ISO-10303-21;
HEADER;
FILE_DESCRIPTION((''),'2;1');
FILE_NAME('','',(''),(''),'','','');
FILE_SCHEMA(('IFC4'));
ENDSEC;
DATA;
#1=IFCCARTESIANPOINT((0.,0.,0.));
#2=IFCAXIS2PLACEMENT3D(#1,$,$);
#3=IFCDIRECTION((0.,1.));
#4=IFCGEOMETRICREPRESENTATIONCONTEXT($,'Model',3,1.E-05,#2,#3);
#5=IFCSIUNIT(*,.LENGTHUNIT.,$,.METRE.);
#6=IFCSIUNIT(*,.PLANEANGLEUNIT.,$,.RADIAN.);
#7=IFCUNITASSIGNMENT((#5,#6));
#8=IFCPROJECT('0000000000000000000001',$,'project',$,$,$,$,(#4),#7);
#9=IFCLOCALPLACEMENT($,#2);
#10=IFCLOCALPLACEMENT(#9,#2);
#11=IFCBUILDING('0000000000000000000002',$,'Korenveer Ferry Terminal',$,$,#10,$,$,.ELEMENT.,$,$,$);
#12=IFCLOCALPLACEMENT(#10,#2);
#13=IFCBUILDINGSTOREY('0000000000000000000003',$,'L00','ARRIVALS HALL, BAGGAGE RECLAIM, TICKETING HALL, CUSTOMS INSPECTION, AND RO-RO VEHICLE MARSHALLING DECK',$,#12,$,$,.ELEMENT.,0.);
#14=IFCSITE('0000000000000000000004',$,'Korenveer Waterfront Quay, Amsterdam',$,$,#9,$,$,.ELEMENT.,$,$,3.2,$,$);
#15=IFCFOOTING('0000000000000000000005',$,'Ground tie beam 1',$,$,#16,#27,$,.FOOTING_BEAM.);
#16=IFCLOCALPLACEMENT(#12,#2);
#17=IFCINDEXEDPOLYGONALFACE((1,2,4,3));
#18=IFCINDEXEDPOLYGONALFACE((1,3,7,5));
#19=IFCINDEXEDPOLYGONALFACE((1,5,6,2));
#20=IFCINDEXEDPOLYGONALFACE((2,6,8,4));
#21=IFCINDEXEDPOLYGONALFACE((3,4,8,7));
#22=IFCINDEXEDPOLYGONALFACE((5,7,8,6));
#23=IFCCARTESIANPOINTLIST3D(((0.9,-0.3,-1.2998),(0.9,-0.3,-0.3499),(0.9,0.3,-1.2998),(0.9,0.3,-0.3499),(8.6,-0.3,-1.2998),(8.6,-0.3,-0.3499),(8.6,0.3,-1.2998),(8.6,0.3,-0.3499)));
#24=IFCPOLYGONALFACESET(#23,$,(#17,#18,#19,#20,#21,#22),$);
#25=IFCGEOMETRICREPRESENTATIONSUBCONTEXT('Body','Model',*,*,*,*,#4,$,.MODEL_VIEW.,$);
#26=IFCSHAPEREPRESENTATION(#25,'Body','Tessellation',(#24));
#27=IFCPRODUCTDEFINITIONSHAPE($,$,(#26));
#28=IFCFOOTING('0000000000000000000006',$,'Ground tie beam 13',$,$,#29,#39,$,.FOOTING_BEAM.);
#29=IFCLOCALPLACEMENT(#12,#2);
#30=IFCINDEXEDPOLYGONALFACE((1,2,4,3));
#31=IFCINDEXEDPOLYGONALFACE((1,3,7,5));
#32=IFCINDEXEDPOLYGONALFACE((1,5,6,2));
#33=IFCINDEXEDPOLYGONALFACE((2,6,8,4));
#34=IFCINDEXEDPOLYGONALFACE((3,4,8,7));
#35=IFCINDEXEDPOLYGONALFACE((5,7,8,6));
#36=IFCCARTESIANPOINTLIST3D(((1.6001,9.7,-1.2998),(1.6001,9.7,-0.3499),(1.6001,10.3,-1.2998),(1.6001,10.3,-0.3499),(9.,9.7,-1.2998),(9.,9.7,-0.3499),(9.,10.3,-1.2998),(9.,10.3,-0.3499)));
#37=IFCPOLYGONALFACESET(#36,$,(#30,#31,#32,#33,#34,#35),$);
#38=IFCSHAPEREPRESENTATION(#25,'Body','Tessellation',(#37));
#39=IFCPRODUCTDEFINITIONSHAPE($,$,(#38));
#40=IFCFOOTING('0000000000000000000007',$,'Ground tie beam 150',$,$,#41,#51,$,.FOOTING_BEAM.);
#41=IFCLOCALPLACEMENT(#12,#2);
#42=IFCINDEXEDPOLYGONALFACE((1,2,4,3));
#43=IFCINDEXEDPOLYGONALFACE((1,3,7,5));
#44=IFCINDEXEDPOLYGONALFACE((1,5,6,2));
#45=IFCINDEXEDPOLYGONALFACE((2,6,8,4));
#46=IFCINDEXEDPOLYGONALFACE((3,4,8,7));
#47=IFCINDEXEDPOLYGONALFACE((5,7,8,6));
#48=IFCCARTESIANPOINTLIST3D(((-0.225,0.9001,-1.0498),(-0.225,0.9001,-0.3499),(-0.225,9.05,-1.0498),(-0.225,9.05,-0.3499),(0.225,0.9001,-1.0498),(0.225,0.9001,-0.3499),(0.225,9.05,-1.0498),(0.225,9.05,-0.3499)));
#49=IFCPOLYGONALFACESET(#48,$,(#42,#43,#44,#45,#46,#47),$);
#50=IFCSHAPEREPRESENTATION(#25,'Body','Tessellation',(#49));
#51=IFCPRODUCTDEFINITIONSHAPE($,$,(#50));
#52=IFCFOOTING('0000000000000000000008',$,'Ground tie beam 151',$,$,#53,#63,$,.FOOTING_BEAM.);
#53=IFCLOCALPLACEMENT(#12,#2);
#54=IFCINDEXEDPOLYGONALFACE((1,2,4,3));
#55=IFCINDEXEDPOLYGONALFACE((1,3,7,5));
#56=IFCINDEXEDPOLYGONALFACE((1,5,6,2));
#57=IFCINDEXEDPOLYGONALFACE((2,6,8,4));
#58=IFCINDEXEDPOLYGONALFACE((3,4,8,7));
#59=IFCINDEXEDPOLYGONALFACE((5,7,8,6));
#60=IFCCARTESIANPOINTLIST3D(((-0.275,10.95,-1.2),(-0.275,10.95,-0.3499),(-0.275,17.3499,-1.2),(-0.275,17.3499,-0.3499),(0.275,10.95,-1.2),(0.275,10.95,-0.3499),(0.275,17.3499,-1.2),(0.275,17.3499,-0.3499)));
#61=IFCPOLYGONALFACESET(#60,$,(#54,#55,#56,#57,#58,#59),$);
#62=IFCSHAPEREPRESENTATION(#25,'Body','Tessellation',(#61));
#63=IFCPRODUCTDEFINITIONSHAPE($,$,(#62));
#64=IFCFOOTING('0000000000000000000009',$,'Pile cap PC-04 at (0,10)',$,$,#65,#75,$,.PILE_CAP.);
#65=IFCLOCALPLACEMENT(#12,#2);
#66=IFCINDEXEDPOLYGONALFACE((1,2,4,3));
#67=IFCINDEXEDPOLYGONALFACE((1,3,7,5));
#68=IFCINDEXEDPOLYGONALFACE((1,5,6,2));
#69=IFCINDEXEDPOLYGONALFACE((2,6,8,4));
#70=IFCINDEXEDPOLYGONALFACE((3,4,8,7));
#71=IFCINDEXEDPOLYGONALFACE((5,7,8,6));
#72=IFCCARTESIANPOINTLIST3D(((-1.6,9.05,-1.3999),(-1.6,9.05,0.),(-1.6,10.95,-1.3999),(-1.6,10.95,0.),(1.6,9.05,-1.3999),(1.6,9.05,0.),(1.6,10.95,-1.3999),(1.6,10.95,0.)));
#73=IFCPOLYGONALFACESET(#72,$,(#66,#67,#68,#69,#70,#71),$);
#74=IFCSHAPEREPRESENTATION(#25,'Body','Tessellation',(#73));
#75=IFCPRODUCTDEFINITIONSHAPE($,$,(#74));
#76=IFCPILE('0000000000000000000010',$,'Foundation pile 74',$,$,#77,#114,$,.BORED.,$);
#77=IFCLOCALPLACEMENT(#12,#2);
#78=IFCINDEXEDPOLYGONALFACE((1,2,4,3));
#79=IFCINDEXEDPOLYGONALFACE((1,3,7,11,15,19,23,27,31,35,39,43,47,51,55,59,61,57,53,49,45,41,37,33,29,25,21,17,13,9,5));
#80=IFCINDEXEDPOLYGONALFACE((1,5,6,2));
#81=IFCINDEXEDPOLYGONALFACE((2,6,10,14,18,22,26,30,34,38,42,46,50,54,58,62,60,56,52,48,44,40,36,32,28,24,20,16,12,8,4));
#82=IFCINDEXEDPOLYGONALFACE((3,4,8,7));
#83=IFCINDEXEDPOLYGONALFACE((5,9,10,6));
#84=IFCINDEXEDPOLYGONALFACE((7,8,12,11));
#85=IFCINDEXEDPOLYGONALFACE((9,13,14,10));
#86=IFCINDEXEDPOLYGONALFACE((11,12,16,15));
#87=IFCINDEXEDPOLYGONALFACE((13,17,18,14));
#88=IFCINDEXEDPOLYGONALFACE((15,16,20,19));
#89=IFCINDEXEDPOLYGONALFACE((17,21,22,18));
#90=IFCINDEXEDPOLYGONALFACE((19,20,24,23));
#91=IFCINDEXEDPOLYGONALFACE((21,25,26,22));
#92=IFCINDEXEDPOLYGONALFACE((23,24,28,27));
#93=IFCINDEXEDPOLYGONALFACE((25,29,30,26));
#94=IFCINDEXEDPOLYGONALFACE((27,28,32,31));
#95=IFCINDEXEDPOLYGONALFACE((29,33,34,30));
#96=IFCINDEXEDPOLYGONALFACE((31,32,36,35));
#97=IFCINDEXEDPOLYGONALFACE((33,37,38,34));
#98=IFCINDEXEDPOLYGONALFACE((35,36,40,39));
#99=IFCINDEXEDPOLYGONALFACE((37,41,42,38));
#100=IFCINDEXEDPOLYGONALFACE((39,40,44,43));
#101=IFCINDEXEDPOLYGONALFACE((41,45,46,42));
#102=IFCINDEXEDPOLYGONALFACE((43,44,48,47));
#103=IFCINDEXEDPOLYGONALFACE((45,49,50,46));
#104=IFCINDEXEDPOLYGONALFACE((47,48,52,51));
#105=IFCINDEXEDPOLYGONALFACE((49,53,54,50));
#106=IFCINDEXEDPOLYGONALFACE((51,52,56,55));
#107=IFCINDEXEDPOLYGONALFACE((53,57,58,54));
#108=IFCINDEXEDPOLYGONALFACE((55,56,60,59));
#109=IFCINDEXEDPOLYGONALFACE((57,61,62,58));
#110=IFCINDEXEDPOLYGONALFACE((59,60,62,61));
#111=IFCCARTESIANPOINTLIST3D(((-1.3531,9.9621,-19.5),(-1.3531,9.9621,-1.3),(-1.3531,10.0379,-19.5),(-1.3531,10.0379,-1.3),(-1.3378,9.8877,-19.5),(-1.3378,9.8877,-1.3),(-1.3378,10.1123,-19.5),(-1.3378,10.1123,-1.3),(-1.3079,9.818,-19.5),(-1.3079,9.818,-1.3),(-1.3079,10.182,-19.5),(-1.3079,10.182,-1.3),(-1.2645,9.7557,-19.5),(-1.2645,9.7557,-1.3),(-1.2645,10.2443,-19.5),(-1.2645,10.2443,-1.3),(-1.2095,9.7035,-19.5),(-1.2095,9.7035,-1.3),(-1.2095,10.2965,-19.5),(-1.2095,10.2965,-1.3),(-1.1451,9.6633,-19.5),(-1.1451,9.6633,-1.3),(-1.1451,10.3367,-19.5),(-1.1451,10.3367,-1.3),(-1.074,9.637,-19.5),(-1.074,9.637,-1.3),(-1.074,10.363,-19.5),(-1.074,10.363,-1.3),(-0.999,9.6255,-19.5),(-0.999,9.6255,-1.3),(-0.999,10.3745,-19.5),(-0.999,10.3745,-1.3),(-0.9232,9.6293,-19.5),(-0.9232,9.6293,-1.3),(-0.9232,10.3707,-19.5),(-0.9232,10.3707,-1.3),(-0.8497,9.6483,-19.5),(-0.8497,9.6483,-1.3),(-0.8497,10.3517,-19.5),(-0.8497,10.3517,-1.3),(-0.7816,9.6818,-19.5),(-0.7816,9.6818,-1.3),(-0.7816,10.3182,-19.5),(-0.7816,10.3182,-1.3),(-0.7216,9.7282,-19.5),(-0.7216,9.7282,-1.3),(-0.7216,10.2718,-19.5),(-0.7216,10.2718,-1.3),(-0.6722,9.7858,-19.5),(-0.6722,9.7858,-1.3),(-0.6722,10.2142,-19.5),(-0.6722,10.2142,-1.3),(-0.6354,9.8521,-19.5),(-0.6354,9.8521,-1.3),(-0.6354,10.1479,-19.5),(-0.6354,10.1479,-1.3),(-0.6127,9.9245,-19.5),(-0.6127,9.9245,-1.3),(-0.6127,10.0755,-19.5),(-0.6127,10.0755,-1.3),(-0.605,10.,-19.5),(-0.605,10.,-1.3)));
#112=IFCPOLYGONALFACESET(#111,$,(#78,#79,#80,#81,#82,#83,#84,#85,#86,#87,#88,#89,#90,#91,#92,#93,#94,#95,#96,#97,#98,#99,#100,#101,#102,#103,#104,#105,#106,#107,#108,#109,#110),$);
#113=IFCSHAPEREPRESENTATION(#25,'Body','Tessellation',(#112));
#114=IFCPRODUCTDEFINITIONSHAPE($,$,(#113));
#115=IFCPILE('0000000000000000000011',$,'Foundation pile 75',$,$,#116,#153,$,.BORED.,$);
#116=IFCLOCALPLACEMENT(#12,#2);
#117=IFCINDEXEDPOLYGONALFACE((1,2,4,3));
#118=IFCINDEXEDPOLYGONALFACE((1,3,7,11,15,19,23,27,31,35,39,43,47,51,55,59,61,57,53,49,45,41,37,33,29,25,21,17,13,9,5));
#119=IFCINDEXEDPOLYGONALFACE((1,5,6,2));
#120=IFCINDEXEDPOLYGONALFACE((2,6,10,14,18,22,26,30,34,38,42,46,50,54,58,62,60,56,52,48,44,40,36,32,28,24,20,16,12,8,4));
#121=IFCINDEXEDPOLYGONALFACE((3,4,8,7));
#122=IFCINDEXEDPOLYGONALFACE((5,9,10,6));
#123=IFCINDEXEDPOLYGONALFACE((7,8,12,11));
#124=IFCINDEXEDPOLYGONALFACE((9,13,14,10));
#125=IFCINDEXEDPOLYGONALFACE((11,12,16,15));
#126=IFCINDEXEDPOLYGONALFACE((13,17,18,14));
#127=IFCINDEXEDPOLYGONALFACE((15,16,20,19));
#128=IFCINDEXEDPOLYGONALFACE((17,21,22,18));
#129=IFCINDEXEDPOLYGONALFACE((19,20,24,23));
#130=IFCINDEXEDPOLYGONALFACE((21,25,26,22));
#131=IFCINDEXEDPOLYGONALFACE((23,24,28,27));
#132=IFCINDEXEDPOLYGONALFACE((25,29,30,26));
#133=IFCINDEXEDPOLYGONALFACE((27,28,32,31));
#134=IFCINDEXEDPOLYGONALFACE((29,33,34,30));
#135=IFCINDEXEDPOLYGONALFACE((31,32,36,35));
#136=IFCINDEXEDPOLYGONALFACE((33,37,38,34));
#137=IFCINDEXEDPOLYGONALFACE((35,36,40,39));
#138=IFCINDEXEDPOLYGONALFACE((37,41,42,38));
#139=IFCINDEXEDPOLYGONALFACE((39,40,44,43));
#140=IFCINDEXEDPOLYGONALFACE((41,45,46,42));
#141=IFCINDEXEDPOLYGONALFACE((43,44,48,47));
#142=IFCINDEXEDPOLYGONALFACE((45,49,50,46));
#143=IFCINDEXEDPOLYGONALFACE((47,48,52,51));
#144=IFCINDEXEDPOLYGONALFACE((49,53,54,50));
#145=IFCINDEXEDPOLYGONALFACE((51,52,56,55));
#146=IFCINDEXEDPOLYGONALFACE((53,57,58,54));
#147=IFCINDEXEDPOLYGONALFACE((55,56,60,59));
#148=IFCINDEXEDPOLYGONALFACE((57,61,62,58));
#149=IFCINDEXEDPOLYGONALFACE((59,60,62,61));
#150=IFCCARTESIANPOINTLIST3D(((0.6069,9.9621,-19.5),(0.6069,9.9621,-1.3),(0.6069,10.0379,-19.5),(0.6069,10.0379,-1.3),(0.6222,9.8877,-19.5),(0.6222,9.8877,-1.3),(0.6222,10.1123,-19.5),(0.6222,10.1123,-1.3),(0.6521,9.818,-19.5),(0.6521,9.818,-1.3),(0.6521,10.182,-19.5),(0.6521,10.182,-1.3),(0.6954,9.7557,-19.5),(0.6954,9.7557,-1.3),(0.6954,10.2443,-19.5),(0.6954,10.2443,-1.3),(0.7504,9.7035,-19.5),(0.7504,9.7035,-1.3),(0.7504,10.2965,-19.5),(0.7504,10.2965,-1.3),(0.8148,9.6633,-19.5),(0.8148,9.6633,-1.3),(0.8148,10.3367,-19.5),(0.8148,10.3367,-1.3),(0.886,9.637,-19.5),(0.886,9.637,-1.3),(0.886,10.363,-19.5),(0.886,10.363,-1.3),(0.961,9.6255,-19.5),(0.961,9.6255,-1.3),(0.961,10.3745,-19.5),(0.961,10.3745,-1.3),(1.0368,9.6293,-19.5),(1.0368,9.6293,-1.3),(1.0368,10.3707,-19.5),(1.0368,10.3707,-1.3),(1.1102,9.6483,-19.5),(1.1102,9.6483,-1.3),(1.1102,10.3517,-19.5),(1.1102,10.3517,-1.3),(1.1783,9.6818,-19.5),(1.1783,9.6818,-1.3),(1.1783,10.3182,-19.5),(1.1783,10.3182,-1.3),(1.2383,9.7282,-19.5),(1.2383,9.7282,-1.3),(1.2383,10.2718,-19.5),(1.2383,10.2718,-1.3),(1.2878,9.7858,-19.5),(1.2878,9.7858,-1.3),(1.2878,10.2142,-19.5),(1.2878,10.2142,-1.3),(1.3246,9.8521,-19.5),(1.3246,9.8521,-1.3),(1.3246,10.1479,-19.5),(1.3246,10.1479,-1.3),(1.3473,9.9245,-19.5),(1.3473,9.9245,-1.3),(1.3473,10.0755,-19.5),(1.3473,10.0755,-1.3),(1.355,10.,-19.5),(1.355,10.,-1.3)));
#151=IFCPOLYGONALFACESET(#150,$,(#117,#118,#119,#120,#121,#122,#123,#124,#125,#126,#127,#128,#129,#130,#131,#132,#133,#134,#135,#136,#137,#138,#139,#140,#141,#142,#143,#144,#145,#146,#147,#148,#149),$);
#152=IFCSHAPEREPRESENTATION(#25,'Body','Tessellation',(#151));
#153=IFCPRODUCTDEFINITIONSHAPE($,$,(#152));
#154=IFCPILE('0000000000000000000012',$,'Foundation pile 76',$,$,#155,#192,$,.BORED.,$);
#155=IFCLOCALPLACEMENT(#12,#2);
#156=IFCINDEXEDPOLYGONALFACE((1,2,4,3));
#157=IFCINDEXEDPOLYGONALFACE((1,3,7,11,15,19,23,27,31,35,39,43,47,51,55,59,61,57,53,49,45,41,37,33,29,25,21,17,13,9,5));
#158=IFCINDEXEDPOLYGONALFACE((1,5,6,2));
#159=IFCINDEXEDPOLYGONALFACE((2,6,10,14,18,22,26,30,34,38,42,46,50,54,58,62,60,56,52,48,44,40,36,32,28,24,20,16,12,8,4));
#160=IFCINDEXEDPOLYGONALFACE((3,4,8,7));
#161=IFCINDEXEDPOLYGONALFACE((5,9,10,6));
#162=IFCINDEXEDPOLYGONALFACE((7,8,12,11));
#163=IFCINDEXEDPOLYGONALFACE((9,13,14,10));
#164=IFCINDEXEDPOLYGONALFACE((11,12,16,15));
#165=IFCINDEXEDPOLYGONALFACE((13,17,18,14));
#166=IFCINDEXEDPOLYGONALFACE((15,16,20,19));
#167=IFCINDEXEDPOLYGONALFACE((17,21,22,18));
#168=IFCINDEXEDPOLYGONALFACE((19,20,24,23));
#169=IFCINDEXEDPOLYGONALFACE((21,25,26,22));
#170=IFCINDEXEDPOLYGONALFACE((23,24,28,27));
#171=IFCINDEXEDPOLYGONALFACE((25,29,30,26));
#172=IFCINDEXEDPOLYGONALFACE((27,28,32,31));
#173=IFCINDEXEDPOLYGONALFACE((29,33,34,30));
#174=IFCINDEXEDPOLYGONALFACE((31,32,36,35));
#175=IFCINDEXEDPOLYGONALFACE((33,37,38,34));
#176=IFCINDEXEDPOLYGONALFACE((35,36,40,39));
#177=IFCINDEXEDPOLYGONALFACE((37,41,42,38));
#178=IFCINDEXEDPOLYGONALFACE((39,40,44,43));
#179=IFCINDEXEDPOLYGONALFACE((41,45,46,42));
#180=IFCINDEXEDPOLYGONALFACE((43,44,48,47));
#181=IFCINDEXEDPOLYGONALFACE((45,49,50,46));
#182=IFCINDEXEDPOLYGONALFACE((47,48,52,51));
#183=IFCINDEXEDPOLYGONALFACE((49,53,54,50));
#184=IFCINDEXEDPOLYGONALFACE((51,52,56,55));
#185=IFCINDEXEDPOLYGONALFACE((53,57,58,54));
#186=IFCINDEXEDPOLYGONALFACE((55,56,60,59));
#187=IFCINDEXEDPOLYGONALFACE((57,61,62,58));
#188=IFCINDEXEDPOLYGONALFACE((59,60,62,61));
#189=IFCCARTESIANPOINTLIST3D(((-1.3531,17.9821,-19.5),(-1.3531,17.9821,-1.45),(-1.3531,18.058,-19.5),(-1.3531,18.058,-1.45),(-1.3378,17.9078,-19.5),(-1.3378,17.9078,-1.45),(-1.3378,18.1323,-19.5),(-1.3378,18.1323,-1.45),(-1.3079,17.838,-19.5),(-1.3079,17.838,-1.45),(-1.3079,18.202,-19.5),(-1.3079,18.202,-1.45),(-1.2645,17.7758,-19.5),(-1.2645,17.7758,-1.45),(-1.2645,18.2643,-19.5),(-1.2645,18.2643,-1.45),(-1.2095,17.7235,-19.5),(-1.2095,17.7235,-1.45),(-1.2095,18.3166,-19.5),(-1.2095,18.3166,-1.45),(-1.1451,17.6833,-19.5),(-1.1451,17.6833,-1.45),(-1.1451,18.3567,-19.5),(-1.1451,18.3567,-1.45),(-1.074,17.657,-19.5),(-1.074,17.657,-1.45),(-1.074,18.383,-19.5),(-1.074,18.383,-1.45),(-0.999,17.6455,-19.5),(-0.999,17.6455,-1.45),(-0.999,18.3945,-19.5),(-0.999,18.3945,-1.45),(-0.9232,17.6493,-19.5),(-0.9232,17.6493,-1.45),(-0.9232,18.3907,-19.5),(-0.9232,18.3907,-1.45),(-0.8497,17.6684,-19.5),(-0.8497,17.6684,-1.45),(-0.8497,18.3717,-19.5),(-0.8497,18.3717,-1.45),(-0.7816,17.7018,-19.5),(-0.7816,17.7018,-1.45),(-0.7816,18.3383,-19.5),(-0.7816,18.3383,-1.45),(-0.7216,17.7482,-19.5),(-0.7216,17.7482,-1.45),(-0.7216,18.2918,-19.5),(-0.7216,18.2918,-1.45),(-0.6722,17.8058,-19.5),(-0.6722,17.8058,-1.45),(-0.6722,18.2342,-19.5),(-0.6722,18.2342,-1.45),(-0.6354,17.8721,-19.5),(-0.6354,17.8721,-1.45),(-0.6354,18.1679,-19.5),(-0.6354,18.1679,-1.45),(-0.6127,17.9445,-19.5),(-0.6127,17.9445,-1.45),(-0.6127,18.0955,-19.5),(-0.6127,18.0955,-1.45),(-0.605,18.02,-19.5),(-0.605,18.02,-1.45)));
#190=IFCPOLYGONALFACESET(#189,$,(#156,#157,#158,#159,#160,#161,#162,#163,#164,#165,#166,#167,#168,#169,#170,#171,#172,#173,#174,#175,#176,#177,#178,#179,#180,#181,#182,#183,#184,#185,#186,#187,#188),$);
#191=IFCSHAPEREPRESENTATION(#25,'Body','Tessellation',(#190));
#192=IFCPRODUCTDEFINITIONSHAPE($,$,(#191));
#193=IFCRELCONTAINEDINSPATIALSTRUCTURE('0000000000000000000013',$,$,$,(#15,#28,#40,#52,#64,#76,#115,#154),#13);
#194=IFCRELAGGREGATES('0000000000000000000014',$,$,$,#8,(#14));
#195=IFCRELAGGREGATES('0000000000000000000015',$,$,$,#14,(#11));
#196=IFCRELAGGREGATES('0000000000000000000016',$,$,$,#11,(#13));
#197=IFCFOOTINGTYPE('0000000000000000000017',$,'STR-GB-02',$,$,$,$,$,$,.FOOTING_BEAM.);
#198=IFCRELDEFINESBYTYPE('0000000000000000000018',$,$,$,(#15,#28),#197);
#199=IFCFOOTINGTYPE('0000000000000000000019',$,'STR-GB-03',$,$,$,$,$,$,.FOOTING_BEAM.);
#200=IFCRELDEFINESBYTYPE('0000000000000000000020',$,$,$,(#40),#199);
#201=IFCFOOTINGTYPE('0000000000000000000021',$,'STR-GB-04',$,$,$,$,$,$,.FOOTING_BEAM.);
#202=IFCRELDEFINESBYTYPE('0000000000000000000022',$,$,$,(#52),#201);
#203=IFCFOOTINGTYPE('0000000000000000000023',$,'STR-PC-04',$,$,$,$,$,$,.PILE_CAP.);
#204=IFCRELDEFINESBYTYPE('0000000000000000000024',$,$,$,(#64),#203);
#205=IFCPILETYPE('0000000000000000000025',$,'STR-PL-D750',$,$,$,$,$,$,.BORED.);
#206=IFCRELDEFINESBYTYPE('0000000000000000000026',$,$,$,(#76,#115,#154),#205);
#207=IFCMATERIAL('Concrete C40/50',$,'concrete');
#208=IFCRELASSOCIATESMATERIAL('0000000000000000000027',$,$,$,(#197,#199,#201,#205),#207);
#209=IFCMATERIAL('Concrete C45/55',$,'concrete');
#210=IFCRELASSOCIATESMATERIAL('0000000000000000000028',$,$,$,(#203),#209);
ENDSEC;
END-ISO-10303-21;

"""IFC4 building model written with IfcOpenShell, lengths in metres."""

from ifc_helpers import new_model, si_unit, direction, frame, origin, origin_2d, place, context, subcontext, project, spatial, rectangle, circle, extrude, material, material_profile, profile_set, type_object, element, save


model = new_model("IFC4")

# Units and contexts
model_context = context("Model", 3, precision=1e-05, world=origin(), true_north=direction((0.0, 1.0)))
body_context = subcontext(model_context, "Body", "Model", "MODEL_VIEW")
ifc_project = project(units=[si_unit("LENGTHUNIT", "METRE"), si_unit("PLANEANGLEUNIT", "RADIAN")], contexts=[model_context])

# Site, building, storey
site_placement = place(None, origin())
site = spatial("IfcSite", under=ifc_project, at=site_placement, Name="Korenveer Waterfront Quay, Amsterdam", CompositionType="ELEMENT", RefElevation=3.2)
building_placement = place(site_placement, origin())
building = spatial("IfcBuilding", under=site, at=building_placement, Name="Korenveer Ferry Terminal", CompositionType="ELEMENT")
storey_placement = place(building_placement, origin())
storey = spatial("IfcBuildingStorey", under=building, at=storey_placement, Name="L00", Description="ARRIVALS HALL, BAGGAGE RECLAIM, TICKETING HALL, CUSTOMS INSPECTION, AND RO-RO VEHICLE MARSHALLING DECK", CompositionType="ELEMENT", Elevation=0.0)

# Footings
ifc_material_1 = material(Name="Concrete C40/50", Category="concrete")
footing_type_1 = type_object("IfcFootingType", Name="STR-GB-02", PredefinedType="FOOTING_BEAM", material=ifc_material_1)
footing_1_placement = place(storey_placement, frame((4.75, 0.0, -1.2998), z_axis=(0.0, 0.0, 1.0), x_axis=(1.0, 0.0, 0.0)))
element("IfcFooting", 1, at=footing_1_placement, inside=storey, type_object=footing_type_1, Name="Ground tie beam 1", PredefinedType="FOOTING_BEAM", context=body_context, shape_type="SweptSolid", body=[
    extrude(rectangle(XDim=7.7, YDim=0.6001, at=origin_2d()), origin(), (0.0, 0.0, 1.0), 0.95),
])
footing_2_placement = place(storey_placement, frame((5.3, 10.0, -1.2998), z_axis=(0.0, 0.0, 1.0), x_axis=(1.0, 0.0, 0.0)))
element("IfcFooting", 2, at=footing_2_placement, inside=storey, type_object=footing_type_1, Name="Ground tie beam 13", PredefinedType="FOOTING_BEAM", context=body_context, shape_type="SweptSolid", body=[
    extrude(rectangle(XDim=7.3999, YDim=0.6001, at=origin_2d()), origin(), (0.0, 0.0, 1.0), 0.95),
])
footing_type_2 = type_object("IfcFootingType", Name="STR-GB-03", PredefinedType="FOOTING_BEAM", material=ifc_material_1)
footing_3_placement = place(storey_placement, frame((0.0, 4.9751, -1.0498), z_axis=(0.0, 0.0, 1.0), x_axis=(1.0, 0.0, 0.0)))
element("IfcFooting", 3, at=footing_3_placement, inside=storey, type_object=footing_type_2, Name="Ground tie beam 150", PredefinedType="FOOTING_BEAM", context=body_context, shape_type="SweptSolid", body=[
    extrude(rectangle(XDim=0.45, YDim=8.1499, at=origin_2d()), origin(), (0.0, 0.0, 1.0), 0.7),
])
footing_type_3 = type_object("IfcFootingType", Name="STR-GB-04", PredefinedType="FOOTING_BEAM", material=ifc_material_1)
footing_4_placement = place(storey_placement, frame((0.0, 14.1499, -1.2), z_axis=(0.0, 0.0, 1.0), x_axis=(1.0, 0.0, 0.0)))
element("IfcFooting", 4, at=footing_4_placement, inside=storey, type_object=footing_type_3, Name="Ground tie beam 151", PredefinedType="FOOTING_BEAM", context=body_context, shape_type="SweptSolid", body=[
    extrude(rectangle(XDim=0.55, YDim=6.3999, at=origin_2d()), origin(), (0.0, 0.0, 1.0), 0.8501),
])
ifc_material_2 = material(Name="Concrete C45/55", Category="concrete")
footing_type_4 = type_object("IfcFootingType", Name="STR-PC-04", PredefinedType="PILE_CAP", material=ifc_material_2)
footing_5_placement = place(storey_placement, frame((0.0, 10.0, -1.3999), z_axis=(0.0, 0.0, 1.0), x_axis=(1.0, 0.0, 0.0)))
element("IfcFooting", 5, at=footing_5_placement, inside=storey, type_object=footing_type_4, Name="Pile cap PC-04 at (0,10)", PredefinedType="PILE_CAP", context=body_context, shape_type="SweptSolid", body=[
    extrude(rectangle(XDim=3.2, YDim=1.8999, at=origin_2d()), origin(), (0.0, 0.0, 1.0), 1.3999),
])

# Piles
ifc_material_profile_1 = material_profile(ifc_material_1, circle(Radius=0.375, at=origin_2d()), Name="PILE D750")
ifc_profile_set_1 = profile_set([ifc_material_profile_1], Name="Concrete C40/50")
pile_type = type_object("IfcPileType", Name="STR-PL-D750", PredefinedType="BORED", material=ifc_profile_set_1)
for number, where, z_axis, x_axis, name in (
    (6, (-0.98, 10.0, -1.3), (0.0, 0.0, -1.0), (1.0, 0.0, 0.0), "Foundation pile 74"),
    (7, (0.98, 10.0, -1.3), (0.0, 0.0, -1.0), (1.0, 0.0, 0.0), "Foundation pile 75"),
):
    element("IfcPile", number, at=place(storey_placement, frame(where, z_axis=z_axis, x_axis=x_axis)), inside=storey, type_object=pile_type, Name=name, PredefinedType="BORED", context=body_context, shape_type="SweptSolid", body=[
        extrude(circle(Radius=0.375, at=origin_2d()), origin(), (0.0, 0.0, 1.0), 18.2),
    ])
for number, where, z_axis, x_axis, name in (
    (8, (-0.98, 18.02, -1.45), (0.0, 0.0, -1.0), (1.0, 0.0, 0.0), "Foundation pile 76"),
):
    element("IfcPile", number, at=place(storey_placement, frame(where, z_axis=z_axis, x_axis=x_axis)), inside=storey, type_object=pile_type, Name=name, PredefinedType="BORED", context=body_context, shape_type="SweptSolid", body=[
        extrude(circle(Radius=0.375, at=origin_2d()), origin(), (0.0, 0.0, 1.0), 18.05),
    ])

save(model, "model.ifc")
